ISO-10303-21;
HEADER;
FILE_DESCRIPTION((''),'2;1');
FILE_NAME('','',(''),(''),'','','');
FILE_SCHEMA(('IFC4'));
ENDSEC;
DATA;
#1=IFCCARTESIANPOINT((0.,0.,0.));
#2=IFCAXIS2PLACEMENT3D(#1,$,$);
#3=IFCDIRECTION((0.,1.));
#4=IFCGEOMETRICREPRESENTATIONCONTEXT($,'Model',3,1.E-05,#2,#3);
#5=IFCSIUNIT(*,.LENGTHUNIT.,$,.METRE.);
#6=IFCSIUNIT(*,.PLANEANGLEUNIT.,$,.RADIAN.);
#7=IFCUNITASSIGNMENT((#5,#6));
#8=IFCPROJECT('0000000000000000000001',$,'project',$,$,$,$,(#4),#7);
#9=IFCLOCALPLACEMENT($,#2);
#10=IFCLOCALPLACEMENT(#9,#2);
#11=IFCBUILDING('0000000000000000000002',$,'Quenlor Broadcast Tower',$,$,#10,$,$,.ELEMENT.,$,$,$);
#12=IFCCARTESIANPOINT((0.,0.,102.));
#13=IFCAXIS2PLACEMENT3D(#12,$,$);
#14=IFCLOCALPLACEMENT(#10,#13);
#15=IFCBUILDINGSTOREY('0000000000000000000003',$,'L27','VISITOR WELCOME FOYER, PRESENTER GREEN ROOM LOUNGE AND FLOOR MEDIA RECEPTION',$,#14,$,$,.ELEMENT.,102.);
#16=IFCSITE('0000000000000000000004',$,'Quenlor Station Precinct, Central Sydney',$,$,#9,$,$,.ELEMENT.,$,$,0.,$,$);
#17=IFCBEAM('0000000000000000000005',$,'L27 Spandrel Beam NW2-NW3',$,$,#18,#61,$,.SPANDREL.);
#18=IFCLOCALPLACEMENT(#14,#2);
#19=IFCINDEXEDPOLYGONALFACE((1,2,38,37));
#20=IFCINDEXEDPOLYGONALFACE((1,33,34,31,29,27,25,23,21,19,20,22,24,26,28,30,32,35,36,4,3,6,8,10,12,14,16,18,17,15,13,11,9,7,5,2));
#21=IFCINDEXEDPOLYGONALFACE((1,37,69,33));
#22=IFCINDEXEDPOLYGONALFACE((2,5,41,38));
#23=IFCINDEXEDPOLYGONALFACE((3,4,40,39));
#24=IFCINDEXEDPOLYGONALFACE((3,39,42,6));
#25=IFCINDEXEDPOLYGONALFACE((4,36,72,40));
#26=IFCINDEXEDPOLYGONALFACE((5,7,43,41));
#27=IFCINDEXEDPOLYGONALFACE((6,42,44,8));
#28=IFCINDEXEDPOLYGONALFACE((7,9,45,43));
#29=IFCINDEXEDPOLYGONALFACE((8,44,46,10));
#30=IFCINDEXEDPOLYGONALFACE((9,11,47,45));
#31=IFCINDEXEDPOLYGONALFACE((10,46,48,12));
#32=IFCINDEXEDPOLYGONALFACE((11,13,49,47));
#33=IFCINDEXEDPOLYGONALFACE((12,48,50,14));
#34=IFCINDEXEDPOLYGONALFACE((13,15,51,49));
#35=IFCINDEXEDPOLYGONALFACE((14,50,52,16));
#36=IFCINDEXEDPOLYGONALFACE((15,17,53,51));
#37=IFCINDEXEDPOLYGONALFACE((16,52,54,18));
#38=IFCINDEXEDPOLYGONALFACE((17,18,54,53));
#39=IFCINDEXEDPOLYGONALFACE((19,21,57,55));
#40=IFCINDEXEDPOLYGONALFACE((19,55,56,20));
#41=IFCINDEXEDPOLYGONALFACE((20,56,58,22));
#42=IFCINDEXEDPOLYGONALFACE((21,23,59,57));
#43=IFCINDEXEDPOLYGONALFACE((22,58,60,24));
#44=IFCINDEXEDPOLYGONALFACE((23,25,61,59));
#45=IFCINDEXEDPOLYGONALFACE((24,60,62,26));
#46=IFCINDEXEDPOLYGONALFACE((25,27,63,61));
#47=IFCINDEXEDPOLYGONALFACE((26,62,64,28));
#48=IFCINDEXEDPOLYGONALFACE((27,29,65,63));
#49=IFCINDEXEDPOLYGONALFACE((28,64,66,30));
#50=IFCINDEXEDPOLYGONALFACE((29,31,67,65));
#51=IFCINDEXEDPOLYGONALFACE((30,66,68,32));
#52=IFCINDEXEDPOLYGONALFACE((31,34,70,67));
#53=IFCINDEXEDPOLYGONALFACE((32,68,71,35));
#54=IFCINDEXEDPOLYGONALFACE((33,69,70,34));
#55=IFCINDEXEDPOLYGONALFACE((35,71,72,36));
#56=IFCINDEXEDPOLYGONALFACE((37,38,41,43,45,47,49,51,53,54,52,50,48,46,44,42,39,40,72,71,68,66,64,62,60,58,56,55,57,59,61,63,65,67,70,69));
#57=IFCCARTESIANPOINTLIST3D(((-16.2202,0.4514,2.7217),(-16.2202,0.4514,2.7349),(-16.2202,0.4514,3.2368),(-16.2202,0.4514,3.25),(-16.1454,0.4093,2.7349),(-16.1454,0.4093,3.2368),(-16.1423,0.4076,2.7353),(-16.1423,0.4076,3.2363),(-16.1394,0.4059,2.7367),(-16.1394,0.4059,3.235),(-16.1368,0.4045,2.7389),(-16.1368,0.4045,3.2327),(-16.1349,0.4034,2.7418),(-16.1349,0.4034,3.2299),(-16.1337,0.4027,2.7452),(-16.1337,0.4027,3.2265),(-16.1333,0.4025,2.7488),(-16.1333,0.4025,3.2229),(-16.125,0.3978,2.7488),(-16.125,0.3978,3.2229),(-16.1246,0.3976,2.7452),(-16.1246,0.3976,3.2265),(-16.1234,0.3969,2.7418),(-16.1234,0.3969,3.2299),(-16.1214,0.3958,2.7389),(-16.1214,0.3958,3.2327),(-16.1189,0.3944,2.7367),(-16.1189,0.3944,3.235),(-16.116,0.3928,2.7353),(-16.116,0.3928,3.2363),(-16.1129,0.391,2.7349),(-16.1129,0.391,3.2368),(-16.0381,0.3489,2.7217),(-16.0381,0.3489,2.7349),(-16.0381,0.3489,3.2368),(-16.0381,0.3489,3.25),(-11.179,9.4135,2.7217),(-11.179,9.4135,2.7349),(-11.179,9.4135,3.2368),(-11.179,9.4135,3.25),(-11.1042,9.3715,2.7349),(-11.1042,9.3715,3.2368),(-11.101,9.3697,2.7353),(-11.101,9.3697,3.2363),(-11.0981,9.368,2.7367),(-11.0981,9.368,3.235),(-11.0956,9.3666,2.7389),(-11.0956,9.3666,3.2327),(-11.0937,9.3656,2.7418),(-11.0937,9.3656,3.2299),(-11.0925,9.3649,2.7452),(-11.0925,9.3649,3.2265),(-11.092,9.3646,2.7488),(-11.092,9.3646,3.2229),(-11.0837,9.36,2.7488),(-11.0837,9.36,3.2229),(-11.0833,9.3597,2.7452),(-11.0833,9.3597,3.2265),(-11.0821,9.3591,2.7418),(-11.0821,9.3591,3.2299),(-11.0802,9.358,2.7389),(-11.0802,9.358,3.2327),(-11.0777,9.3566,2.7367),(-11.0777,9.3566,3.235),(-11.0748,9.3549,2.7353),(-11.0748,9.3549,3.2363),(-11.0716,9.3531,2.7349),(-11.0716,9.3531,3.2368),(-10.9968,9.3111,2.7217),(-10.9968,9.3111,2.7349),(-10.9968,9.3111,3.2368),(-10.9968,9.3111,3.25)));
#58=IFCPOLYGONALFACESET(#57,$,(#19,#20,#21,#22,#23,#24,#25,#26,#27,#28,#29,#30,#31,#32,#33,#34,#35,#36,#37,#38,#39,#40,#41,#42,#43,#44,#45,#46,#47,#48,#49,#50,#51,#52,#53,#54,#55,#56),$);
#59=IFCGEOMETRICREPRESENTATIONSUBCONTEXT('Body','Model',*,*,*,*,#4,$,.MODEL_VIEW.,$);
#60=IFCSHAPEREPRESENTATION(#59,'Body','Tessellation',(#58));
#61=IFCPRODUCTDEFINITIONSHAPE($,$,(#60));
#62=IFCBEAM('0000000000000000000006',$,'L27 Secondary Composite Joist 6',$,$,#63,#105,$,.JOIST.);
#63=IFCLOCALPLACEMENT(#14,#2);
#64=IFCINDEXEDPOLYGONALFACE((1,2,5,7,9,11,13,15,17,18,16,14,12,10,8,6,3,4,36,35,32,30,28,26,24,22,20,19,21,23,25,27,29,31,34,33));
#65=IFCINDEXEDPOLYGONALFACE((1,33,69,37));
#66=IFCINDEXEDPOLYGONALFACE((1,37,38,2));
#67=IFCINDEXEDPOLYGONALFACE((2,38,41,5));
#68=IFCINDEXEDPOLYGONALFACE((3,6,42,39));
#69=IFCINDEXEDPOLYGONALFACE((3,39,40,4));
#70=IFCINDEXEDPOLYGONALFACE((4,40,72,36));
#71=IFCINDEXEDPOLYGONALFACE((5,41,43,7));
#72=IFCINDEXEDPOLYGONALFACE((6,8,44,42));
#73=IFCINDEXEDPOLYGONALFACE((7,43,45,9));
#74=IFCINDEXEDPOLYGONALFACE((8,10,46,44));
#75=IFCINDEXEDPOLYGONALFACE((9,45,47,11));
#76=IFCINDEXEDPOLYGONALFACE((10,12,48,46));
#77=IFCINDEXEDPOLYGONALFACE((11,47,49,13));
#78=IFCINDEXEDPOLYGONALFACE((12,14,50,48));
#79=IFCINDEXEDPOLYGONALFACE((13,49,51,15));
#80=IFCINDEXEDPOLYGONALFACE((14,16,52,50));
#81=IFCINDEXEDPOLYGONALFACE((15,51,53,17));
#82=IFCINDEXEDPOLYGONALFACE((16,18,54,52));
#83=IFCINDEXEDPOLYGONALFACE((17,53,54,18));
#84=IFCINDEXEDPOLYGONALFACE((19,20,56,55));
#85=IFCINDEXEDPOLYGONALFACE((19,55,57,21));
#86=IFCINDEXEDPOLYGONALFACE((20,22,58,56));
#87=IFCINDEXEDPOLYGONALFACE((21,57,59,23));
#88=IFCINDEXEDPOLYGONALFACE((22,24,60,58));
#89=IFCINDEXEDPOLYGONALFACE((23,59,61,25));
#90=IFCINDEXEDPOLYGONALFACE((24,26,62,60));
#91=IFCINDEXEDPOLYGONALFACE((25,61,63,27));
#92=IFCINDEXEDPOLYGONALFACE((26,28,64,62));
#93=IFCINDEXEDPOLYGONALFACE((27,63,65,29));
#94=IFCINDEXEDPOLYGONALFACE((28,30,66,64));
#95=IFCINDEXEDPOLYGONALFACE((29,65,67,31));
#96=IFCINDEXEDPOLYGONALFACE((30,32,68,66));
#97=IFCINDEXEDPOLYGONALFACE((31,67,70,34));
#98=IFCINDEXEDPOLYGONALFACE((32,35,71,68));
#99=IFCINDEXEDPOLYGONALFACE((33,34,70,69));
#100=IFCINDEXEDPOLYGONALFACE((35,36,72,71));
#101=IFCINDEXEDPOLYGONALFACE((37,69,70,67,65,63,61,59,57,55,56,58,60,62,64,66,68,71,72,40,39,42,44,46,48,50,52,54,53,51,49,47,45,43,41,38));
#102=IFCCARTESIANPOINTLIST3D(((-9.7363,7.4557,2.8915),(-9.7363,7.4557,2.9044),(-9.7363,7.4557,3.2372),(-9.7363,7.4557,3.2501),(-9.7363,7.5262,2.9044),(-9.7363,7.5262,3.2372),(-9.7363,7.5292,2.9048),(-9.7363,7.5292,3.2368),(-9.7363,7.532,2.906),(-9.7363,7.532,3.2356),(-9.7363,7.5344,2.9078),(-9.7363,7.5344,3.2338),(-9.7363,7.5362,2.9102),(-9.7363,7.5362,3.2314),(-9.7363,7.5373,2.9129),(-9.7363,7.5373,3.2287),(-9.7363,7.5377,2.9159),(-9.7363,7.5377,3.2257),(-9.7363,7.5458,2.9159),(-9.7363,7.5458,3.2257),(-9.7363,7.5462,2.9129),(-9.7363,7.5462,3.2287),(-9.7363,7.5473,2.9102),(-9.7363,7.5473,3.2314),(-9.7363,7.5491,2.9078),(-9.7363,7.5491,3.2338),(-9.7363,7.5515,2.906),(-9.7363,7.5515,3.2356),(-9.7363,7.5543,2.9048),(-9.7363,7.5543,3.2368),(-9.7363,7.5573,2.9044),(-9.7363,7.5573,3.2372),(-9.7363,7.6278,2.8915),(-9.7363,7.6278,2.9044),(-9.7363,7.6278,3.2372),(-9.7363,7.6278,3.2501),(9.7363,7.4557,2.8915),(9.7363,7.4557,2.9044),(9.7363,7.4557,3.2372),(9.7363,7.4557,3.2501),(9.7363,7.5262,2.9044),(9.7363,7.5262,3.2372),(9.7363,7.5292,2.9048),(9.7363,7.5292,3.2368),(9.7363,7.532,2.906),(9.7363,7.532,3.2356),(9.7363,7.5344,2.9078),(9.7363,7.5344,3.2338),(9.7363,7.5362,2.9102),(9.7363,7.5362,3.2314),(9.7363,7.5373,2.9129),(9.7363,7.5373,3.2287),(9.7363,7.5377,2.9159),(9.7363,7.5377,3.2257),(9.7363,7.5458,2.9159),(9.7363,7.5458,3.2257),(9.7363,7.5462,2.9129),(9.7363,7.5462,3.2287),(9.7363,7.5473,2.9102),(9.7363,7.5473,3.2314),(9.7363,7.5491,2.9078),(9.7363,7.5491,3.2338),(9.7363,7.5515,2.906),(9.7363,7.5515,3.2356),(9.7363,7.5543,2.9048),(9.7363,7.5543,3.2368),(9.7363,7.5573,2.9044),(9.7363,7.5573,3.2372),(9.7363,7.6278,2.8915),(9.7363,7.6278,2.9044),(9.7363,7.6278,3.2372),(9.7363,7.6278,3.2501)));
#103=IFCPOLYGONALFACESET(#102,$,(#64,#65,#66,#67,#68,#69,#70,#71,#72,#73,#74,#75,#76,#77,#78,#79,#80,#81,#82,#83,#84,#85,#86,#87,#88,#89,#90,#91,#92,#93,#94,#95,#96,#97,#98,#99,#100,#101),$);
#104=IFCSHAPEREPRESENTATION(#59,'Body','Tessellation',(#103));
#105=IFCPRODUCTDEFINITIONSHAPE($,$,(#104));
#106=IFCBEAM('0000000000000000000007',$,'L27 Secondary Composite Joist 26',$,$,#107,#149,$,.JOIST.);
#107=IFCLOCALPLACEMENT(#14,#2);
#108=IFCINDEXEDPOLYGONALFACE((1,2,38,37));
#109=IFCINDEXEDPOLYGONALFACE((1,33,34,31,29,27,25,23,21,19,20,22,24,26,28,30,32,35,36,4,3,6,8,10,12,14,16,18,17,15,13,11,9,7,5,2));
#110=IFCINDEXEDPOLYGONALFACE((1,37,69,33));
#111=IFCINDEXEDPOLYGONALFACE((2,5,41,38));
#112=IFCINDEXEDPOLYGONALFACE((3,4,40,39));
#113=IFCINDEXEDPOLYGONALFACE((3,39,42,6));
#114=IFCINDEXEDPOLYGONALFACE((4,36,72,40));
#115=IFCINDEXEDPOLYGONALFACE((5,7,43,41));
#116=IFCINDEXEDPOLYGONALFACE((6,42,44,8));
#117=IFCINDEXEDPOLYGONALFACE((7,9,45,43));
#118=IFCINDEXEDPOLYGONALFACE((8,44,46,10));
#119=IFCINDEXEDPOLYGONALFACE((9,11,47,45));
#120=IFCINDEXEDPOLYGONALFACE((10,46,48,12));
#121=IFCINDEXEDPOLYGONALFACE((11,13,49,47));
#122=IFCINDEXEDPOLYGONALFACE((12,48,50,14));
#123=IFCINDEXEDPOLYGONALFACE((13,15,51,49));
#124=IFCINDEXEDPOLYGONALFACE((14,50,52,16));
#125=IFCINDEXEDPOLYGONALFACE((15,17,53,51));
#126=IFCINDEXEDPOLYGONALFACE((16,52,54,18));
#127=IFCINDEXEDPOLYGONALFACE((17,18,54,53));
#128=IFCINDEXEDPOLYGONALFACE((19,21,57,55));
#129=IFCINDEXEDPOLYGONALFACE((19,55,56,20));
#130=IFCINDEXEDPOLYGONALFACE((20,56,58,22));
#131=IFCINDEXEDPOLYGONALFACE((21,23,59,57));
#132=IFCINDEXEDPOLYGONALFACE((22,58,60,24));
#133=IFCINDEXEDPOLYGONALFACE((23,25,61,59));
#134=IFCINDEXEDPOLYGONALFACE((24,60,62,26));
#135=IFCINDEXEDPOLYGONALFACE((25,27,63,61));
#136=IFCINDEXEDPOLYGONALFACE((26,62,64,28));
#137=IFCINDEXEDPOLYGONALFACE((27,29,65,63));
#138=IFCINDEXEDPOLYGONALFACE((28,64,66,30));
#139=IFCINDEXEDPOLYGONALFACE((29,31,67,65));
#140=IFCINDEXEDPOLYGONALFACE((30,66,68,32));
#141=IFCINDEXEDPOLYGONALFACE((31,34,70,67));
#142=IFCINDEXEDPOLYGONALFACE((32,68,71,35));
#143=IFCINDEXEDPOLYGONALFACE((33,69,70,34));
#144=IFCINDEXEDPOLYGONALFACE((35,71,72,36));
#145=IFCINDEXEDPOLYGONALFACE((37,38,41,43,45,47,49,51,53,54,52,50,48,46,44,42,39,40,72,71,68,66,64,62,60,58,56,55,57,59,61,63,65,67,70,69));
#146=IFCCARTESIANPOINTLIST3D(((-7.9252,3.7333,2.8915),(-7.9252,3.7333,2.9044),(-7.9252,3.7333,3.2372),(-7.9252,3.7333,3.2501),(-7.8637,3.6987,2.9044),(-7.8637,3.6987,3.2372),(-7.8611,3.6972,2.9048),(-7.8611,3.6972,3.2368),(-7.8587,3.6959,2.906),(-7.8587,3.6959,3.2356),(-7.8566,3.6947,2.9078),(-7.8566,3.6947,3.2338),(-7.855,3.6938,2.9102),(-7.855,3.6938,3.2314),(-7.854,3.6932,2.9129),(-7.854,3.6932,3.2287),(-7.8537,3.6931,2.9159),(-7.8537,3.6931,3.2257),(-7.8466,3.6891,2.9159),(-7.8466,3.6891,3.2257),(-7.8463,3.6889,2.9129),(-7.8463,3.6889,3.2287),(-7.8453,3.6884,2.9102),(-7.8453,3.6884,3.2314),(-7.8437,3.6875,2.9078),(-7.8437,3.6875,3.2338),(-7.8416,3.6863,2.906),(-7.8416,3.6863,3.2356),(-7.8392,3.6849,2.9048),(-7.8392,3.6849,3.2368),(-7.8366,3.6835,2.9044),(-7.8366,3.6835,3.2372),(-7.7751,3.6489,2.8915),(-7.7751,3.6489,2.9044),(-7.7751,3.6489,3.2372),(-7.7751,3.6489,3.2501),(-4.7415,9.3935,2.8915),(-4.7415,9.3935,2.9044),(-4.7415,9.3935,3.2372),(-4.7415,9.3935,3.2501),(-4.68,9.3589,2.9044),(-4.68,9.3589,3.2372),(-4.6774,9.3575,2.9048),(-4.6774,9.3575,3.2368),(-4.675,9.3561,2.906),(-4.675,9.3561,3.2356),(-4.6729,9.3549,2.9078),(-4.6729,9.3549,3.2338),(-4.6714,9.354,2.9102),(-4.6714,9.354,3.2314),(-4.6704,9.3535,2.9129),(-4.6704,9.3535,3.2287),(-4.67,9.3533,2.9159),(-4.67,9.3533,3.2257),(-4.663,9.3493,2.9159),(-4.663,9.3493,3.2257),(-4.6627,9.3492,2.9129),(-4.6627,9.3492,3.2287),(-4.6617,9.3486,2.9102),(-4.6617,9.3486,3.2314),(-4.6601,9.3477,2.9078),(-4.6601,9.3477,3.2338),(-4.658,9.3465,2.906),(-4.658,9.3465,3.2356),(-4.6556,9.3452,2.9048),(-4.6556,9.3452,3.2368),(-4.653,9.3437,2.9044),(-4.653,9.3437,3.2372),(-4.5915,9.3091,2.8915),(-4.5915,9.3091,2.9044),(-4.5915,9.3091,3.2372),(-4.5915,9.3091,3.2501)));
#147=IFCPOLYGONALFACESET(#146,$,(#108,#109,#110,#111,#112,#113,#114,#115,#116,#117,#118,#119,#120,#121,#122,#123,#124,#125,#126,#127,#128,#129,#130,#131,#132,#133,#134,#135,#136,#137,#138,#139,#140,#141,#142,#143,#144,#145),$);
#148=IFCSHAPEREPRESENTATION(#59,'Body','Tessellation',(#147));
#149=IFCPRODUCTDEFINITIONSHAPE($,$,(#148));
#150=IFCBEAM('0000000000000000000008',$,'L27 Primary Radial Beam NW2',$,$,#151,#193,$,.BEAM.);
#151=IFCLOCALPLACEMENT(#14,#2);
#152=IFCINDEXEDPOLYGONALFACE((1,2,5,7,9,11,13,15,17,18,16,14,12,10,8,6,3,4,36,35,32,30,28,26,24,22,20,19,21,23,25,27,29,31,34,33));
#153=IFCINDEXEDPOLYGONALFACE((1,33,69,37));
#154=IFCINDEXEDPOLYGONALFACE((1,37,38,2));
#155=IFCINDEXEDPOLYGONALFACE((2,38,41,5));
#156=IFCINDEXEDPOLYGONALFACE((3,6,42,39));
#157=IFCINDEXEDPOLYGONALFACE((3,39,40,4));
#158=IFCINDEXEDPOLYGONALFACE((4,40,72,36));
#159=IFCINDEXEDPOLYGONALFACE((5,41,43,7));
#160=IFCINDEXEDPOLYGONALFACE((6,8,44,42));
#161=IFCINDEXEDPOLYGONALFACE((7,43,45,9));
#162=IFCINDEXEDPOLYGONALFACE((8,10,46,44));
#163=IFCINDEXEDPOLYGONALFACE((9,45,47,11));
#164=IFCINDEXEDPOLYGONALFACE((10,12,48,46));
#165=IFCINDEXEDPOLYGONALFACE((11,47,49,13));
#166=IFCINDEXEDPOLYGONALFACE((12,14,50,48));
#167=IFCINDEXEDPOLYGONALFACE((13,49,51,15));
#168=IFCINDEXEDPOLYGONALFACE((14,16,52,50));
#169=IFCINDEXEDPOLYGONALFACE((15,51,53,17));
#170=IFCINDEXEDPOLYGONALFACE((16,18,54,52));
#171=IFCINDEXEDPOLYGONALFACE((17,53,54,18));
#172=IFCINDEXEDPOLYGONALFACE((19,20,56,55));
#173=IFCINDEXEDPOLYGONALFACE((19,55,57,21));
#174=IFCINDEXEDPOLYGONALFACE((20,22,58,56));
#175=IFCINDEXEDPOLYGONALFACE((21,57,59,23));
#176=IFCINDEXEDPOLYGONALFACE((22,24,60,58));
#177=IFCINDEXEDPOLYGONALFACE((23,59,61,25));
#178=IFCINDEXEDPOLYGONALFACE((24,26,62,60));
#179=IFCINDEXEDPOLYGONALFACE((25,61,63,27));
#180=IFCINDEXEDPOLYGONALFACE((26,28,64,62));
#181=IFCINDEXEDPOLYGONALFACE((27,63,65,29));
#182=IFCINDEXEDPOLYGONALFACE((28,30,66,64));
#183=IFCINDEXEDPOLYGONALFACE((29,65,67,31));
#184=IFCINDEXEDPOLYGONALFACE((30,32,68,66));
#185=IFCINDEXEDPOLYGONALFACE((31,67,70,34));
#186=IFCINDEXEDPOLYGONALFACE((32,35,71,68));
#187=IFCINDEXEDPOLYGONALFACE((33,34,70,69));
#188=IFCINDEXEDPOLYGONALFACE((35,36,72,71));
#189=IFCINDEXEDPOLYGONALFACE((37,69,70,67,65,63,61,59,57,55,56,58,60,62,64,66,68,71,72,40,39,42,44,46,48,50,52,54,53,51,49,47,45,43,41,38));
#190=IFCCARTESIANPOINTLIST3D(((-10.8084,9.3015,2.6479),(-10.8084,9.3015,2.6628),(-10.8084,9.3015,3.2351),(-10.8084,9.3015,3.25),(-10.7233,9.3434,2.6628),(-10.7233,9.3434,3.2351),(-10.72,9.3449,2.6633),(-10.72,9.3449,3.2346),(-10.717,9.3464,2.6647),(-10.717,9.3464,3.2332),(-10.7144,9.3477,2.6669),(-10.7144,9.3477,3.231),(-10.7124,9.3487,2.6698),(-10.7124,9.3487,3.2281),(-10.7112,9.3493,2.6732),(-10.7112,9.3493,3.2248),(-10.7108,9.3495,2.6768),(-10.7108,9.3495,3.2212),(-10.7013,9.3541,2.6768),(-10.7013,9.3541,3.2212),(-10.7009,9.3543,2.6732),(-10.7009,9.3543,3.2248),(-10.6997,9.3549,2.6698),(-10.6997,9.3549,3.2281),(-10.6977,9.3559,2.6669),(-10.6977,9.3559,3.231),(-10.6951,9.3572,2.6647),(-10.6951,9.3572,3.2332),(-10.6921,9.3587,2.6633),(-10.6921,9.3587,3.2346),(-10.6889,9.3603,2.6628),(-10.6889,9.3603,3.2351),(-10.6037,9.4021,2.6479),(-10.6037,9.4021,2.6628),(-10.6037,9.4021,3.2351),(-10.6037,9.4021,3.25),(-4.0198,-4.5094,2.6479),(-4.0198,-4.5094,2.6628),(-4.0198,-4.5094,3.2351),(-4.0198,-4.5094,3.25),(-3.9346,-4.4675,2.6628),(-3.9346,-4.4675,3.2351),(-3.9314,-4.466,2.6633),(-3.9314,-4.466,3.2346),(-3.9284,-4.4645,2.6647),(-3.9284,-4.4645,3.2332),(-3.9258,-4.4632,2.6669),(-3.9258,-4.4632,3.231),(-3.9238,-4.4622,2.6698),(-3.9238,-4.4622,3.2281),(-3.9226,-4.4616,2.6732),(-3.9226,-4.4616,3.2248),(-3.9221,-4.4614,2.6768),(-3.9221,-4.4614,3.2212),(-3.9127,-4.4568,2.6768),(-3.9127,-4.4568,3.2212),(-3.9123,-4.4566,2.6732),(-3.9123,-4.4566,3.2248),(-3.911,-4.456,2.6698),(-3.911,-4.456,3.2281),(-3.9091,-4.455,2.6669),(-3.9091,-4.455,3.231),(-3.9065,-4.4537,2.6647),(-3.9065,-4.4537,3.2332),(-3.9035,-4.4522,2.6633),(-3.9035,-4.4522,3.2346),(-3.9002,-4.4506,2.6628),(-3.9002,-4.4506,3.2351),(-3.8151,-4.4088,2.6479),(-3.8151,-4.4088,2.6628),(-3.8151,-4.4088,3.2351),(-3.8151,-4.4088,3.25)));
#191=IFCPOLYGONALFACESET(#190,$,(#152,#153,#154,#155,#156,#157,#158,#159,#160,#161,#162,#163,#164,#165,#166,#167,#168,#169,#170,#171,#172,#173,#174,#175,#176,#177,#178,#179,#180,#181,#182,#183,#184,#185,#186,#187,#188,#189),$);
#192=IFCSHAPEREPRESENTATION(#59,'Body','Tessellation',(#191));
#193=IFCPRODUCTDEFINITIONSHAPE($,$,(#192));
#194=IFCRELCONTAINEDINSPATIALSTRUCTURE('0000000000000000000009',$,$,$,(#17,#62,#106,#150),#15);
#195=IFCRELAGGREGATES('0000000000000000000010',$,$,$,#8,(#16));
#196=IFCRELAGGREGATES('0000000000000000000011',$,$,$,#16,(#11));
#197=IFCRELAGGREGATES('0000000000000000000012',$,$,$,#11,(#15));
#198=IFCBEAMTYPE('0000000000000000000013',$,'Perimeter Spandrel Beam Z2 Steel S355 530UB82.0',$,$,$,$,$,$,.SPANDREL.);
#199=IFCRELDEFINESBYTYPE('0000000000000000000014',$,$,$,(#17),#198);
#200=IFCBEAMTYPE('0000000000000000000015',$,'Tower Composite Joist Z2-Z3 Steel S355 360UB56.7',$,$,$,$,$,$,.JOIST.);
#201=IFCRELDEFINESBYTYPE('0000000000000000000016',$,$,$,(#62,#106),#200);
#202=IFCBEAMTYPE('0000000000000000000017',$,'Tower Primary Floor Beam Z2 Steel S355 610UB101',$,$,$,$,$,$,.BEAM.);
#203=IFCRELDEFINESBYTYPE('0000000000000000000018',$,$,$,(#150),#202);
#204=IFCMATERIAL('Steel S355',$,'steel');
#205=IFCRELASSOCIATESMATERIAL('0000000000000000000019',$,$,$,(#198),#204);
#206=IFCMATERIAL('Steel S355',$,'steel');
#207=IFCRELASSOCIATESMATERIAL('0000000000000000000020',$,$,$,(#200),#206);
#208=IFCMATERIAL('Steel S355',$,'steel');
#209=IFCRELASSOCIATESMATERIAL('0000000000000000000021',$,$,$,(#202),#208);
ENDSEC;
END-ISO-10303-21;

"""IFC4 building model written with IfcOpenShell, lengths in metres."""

from ifc_helpers import new_model, si_unit, direction, frame, origin, origin_2d, place, context, subcontext, project, spatial, i_section, extrude, material, material_profile, profile_set, type_object, element, save


model = new_model("IFC4")

# Units and contexts
model_context = context("Model", 3, precision=1e-05, world=origin(), true_north=direction((0.0, 1.0)))
body_context = subcontext(model_context, "Body", "Model", "MODEL_VIEW")
ifc_project = project(units=[si_unit("LENGTHUNIT", "METRE"), si_unit("PLANEANGLEUNIT", "RADIAN")], contexts=[model_context])

# Site, building, storey
site_placement = place(None, origin())
site = spatial("IfcSite", under=ifc_project, at=site_placement, Name="Quenlor Station Precinct, Central Sydney", CompositionType="ELEMENT", RefElevation=0.0)
building_placement = place(site_placement, origin())
building = spatial("IfcBuilding", under=site, at=building_placement, Name="Quenlor Broadcast Tower", CompositionType="ELEMENT")
storey_placement = place(building_placement, frame((0.0, 0.0, 102.0)))
storey = spatial("IfcBuildingStorey", under=building, at=storey_placement, Name="L27", Description="VISITOR WELCOME FOYER, PRESENTER GREEN ROOM LOUNGE AND FLOOR MEDIA RECEPTION", CompositionType="ELEMENT", Elevation=102.0)

# Beams
ifc_material_1 = material(Name="Steel S355", Category="steel")
ifc_material_profile_1 = material_profile(ifc_material_1, i_section(OverallWidth=0.209, OverallDepth=0.5283, WebThickness=0.0095, FlangeThickness=0.0132, FilletRadius=0.0139, at=origin_2d()))
ifc_profile_set_1 = profile_set([ifc_material_profile_1], Name="Steel S355 530UB82.0")
beam_type_1 = type_object("IfcBeamType", Name="Perimeter Spandrel Beam Z2 Steel S355 530UB82.0", PredefinedType="SPANDREL", material=ifc_profile_set_1)
beam_1_placement = place(storey_placement, frame((-11.0879, 9.3623, 2.9858), z_axis=(-0.490265, -0.871574, 0.0), x_axis=(0.871574, -0.490265, 0.0)))
element("IfcBeam", 1, at=beam_1_placement, inside=storey, type_object=beam_type_1, Name="L27 Spandrel Beam NW2-NW3", PredefinedType="SPANDREL", context=body_context, shape_type="SweptSolid", body=[
    extrude(i_section(OverallWidth=0.209, OverallDepth=0.5283, WebThickness=0.0095, FlangeThickness=0.0132, FilletRadius=0.0139, at=origin_2d()), origin(), (0.0, 0.0, 1.0), 10.2827),
])
ifc_material_2 = material(Name="Steel S355", Category="steel")
ifc_material_profile_2 = material_profile(ifc_material_2, i_section(OverallWidth=0.1721, OverallDepth=0.3586, WebThickness=0.0081, FlangeThickness=0.0129, FilletRadius=0.0115, at=origin_2d()))
ifc_profile_set_2 = profile_set([ifc_material_profile_2], Name="Steel S355 360UB56.7")
beam_type_2 = type_object("IfcBeamType", Name="Tower Composite Joist Z2-Z3 Steel S355 360UB56.7", PredefinedType="JOIST", material=ifc_profile_set_2)
beam_2_placement = place(storey_placement, frame((-9.7363, 7.5417, 3.0708), z_axis=(1.0, 0.0, 0.0), x_axis=(0.0, 1.0, 0.0)))
element("IfcBeam", 2, at=beam_2_placement, inside=storey, type_object=beam_type_2, Name="L27 Secondary Composite Joist 6", PredefinedType="JOIST", context=body_context, shape_type="SweptSolid", body=[
    extrude(i_section(OverallWidth=0.1721, OverallDepth=0.3586, WebThickness=0.0081, FlangeThickness=0.0129, FilletRadius=0.0115, at=origin_2d()), origin(), (0.0, 0.0, 1.0), 19.4727),
])
beam_3_placement = place(storey_placement, frame((-4.6665, 9.3513, 3.0708), z_axis=(-0.490233, -0.871592, 0.0), x_axis=(0.871592, -0.490233, 0.0)))
element("IfcBeam", 3, at=beam_3_placement, inside=storey, type_object=beam_type_2, Name="L27 Secondary Composite Joist 26", PredefinedType="JOIST", context=body_context, shape_type="SweptSolid", body=[
    extrude(i_section(OverallWidth=0.1721, OverallDepth=0.3586, WebThickness=0.0081, FlangeThickness=0.0129, FilletRadius=0.0115, at=origin_2d()), origin(), (0.0, 0.0, 1.0), 6.4941),
])
ifc_material_3 = material(Name="Steel S355", Category="steel")
ifc_material_profile_3 = material_profile(ifc_material_3, i_section(OverallWidth=0.228, OverallDepth=0.6021, WebThickness=0.0105, FlangeThickness=0.0149, FilletRadius=0.0139, at=origin_2d()))
ifc_profile_set_3 = profile_set([ifc_material_profile_3], Name="Steel S355 610UB101")
beam_type_3 = type_object("IfcBeamType", Name="Tower Primary Floor Beam Z2 Steel S355 610UB101", PredefinedType="BEAM", material=ifc_profile_set_3)
beam_4_placement = place(storey_placement, frame((-10.7061, 9.3518, 2.949), z_axis=(0.44113, -0.897443, 0.0), x_axis=(0.897443, 0.44113, 0.0)))
element("IfcBeam", 4, at=beam_4_placement, inside=storey, type_object=beam_type_3, Name="L27 Primary Radial Beam NW2", PredefinedType="BEAM", context=body_context, shape_type="SweptSolid", body=[
    extrude(i_section(OverallWidth=0.228, OverallDepth=0.6021, WebThickness=0.0105, FlangeThickness=0.0149, FilletRadius=0.0139, at=origin_2d()), origin(), (0.0, 0.0, 1.0), 15.3892),
])

save(model, "model.ifc")
